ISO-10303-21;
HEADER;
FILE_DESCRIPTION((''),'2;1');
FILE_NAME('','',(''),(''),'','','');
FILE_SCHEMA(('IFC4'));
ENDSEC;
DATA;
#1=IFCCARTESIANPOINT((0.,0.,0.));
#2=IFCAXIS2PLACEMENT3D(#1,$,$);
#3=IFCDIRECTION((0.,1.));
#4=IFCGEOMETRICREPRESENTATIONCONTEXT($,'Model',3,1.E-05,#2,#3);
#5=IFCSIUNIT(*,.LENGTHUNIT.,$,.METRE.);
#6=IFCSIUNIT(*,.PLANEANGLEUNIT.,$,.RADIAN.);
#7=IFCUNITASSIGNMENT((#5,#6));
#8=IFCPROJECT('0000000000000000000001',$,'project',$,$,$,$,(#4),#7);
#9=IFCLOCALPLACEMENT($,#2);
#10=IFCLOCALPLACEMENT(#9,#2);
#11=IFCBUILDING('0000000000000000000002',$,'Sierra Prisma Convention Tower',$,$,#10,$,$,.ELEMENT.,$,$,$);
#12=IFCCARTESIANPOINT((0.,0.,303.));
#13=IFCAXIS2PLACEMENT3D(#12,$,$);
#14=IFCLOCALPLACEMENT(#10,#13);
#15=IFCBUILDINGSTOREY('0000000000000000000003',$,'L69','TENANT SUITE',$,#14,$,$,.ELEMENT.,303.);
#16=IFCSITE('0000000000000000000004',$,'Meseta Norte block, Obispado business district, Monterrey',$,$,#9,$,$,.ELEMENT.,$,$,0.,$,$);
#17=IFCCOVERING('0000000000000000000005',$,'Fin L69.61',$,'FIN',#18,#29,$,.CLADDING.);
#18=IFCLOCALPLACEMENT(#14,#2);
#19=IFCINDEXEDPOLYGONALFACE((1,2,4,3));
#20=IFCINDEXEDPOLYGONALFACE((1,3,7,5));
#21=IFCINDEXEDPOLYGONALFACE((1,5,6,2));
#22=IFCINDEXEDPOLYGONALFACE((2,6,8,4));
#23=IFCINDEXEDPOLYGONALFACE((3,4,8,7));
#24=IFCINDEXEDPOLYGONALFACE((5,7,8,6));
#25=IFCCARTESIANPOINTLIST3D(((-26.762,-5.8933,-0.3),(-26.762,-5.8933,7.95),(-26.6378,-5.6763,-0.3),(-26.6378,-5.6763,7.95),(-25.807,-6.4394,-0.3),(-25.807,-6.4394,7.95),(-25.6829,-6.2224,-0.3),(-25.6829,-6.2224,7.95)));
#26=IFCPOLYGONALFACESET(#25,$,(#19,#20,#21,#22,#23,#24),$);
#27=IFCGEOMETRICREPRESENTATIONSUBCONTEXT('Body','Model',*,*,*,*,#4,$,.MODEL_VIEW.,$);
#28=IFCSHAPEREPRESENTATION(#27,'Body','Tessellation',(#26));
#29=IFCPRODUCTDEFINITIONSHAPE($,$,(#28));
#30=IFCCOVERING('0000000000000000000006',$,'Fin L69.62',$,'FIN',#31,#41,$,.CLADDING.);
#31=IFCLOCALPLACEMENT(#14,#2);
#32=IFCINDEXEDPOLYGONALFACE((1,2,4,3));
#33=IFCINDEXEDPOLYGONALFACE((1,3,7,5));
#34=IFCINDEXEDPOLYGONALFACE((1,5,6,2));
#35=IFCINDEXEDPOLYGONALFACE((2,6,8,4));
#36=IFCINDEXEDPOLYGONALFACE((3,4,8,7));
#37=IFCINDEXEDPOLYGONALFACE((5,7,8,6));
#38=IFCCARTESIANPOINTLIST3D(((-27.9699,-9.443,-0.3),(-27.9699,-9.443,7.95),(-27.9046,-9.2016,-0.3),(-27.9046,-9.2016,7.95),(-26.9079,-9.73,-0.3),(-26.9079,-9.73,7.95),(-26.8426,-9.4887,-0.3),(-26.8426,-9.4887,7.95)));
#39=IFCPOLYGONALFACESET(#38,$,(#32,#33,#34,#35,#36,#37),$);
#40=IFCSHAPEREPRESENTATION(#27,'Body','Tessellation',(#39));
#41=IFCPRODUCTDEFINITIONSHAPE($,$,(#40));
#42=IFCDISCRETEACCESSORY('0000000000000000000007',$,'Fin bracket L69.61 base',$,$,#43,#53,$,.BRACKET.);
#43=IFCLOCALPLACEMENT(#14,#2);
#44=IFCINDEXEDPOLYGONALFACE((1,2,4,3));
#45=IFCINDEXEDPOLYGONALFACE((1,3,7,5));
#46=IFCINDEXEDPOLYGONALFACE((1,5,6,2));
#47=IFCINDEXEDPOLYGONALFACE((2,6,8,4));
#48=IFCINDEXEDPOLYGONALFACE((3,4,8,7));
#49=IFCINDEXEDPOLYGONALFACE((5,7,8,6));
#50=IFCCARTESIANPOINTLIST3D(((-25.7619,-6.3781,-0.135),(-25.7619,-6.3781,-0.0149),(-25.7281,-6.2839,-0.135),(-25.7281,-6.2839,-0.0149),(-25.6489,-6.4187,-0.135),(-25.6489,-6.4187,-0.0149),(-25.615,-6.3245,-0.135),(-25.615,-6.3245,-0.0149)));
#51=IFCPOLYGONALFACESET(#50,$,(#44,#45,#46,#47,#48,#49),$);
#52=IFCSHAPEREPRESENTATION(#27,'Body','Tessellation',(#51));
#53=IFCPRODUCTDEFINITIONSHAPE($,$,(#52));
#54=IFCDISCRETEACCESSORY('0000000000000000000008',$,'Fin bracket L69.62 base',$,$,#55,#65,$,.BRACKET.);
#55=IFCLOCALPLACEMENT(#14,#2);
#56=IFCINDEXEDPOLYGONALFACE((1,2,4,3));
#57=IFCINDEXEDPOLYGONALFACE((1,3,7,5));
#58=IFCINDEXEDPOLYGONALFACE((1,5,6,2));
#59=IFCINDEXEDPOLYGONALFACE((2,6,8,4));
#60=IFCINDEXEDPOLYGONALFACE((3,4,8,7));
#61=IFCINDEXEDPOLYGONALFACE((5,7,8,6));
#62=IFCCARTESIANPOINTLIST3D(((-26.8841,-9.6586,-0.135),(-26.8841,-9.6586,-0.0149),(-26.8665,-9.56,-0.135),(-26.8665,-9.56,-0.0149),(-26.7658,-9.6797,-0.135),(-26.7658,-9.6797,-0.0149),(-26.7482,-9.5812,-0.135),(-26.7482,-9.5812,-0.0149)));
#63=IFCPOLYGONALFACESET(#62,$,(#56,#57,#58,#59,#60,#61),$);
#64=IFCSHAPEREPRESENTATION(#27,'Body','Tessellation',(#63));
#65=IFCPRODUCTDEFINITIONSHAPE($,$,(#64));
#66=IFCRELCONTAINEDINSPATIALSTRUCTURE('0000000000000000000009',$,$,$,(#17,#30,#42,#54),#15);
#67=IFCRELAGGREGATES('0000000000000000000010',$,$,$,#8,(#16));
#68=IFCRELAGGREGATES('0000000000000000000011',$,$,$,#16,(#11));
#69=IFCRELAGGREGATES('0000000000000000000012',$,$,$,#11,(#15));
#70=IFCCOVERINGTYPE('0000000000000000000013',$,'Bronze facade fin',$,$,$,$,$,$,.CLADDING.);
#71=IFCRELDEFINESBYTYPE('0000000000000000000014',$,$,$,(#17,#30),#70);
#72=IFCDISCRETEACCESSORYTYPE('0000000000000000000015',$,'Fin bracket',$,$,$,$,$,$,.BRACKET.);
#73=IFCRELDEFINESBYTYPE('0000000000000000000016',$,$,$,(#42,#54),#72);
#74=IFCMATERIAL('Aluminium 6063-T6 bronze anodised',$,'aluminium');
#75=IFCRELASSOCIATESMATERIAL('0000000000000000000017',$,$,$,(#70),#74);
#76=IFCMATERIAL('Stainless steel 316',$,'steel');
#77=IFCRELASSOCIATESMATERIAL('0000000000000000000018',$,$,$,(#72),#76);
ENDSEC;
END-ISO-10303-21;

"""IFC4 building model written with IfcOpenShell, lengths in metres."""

from ifc_helpers import new_model, si_unit, direction, frame, origin, origin_2d, place, context, subcontext, project, spatial, rectangle, extrude, material, material_profile, profile_set, type_object, element, save


model = new_model("IFC4")

# Units and contexts
model_context = context("Model", 3, precision=1e-05, world=origin(), true_north=direction((0.0, 1.0)))
body_context = subcontext(model_context, "Body", "Model", "MODEL_VIEW")
ifc_project = project(units=[si_unit("LENGTHUNIT", "METRE"), si_unit("PLANEANGLEUNIT", "RADIAN")], contexts=[model_context])

# Site, building, storey
site_placement = place(None, origin())
site = spatial("IfcSite", under=ifc_project, at=site_placement, Name="Meseta Norte block, Obispado business district, Monterrey", CompositionType="ELEMENT", RefElevation=0.0)
building_placement = place(site_placement, origin())
building = spatial("IfcBuilding", under=site, at=building_placement, Name="Sierra Prisma Convention Tower", CompositionType="ELEMENT")
storey_placement = place(building_placement, frame((0.0, 0.0, 303.0)))
storey = spatial("IfcBuildingStorey", under=building, at=storey_placement, Name="L69", Description="TENANT SUITE", CompositionType="ELEMENT", Elevation=303.0)

# Coverings
ifc_material_1 = material(Name="Aluminium 6063-T6 bronze anodised", Category="aluminium")
ifc_material_profile_1 = material_profile(ifc_material_1, rectangle(XDim=1.1001, YDim=0.25, at=origin_2d()), Name="ALU FIN 1100x250")
ifc_profile_set_1 = profile_set([ifc_material_profile_1], Name="Aluminium 6063-T6 bronze anodised")
covering_type = type_object("IfcCoveringType", Name="Bronze facade fin", PredefinedType="CLADDING", material=ifc_profile_set_1)
for number, where, z_axis, x_axis, name in (
    (1, (-26.2224, -6.0579, -0.3), (0.0, 0.0, 1.0), (-0.868078, 0.496428, 0.0), "Fin L69.61"),
    (2, (-27.4062, -9.4658, -0.3), (0.0, 0.0, 1.0), (-0.965367, 0.260894, 0.0), "Fin L69.62"),
):
    element("IfcCovering", number, at=place(storey_placement, frame(where, z_axis=z_axis, x_axis=x_axis)), inside=storey, type_object=covering_type, Name=name, ObjectType="FIN", PredefinedType="CLADDING", context=body_context, shape_type="SweptSolid", body=[
        extrude(rectangle(XDim=1.1001, YDim=0.25, at=origin_2d()), origin(), (0.0, 0.0, 1.0), 8.25),
    ])

# Discrete accessories
ifc_material_2 = material(Name="Stainless steel 316", Category="steel")
discrete_accessory_type = type_object("IfcDiscreteAccessoryType", Name="Fin bracket", PredefinedType="BRACKET", material=ifc_material_2)
for number, where, z_axis, x_axis, name in (
    (3, (-25.6885, -6.3513, -0.135), (0.0, 0.0, 1.0), (-0.941094, 0.338146, 0.0), "Fin bracket L69.61 base"),
    (4, (-26.8162, -9.6199, -0.135), (0.0, 0.0, 1.0), (-0.984432, 0.175764, 0.0), "Fin bracket L69.62 base"),
):
    element("IfcDiscreteAccessory", number, at=place(storey_placement, frame(where, z_axis=z_axis, x_axis=x_axis)), inside=storey, type_object=discrete_accessory_type, Name=name, PredefinedType="BRACKET", context=body_context, shape_type="SweptSolid", body=[
        extrude(rectangle(XDim=0.1201, YDim=0.1001, at=origin_2d()), origin(), (0.0, 0.0, 1.0), 0.1201),
    ])

save(model, "model.ifc")
